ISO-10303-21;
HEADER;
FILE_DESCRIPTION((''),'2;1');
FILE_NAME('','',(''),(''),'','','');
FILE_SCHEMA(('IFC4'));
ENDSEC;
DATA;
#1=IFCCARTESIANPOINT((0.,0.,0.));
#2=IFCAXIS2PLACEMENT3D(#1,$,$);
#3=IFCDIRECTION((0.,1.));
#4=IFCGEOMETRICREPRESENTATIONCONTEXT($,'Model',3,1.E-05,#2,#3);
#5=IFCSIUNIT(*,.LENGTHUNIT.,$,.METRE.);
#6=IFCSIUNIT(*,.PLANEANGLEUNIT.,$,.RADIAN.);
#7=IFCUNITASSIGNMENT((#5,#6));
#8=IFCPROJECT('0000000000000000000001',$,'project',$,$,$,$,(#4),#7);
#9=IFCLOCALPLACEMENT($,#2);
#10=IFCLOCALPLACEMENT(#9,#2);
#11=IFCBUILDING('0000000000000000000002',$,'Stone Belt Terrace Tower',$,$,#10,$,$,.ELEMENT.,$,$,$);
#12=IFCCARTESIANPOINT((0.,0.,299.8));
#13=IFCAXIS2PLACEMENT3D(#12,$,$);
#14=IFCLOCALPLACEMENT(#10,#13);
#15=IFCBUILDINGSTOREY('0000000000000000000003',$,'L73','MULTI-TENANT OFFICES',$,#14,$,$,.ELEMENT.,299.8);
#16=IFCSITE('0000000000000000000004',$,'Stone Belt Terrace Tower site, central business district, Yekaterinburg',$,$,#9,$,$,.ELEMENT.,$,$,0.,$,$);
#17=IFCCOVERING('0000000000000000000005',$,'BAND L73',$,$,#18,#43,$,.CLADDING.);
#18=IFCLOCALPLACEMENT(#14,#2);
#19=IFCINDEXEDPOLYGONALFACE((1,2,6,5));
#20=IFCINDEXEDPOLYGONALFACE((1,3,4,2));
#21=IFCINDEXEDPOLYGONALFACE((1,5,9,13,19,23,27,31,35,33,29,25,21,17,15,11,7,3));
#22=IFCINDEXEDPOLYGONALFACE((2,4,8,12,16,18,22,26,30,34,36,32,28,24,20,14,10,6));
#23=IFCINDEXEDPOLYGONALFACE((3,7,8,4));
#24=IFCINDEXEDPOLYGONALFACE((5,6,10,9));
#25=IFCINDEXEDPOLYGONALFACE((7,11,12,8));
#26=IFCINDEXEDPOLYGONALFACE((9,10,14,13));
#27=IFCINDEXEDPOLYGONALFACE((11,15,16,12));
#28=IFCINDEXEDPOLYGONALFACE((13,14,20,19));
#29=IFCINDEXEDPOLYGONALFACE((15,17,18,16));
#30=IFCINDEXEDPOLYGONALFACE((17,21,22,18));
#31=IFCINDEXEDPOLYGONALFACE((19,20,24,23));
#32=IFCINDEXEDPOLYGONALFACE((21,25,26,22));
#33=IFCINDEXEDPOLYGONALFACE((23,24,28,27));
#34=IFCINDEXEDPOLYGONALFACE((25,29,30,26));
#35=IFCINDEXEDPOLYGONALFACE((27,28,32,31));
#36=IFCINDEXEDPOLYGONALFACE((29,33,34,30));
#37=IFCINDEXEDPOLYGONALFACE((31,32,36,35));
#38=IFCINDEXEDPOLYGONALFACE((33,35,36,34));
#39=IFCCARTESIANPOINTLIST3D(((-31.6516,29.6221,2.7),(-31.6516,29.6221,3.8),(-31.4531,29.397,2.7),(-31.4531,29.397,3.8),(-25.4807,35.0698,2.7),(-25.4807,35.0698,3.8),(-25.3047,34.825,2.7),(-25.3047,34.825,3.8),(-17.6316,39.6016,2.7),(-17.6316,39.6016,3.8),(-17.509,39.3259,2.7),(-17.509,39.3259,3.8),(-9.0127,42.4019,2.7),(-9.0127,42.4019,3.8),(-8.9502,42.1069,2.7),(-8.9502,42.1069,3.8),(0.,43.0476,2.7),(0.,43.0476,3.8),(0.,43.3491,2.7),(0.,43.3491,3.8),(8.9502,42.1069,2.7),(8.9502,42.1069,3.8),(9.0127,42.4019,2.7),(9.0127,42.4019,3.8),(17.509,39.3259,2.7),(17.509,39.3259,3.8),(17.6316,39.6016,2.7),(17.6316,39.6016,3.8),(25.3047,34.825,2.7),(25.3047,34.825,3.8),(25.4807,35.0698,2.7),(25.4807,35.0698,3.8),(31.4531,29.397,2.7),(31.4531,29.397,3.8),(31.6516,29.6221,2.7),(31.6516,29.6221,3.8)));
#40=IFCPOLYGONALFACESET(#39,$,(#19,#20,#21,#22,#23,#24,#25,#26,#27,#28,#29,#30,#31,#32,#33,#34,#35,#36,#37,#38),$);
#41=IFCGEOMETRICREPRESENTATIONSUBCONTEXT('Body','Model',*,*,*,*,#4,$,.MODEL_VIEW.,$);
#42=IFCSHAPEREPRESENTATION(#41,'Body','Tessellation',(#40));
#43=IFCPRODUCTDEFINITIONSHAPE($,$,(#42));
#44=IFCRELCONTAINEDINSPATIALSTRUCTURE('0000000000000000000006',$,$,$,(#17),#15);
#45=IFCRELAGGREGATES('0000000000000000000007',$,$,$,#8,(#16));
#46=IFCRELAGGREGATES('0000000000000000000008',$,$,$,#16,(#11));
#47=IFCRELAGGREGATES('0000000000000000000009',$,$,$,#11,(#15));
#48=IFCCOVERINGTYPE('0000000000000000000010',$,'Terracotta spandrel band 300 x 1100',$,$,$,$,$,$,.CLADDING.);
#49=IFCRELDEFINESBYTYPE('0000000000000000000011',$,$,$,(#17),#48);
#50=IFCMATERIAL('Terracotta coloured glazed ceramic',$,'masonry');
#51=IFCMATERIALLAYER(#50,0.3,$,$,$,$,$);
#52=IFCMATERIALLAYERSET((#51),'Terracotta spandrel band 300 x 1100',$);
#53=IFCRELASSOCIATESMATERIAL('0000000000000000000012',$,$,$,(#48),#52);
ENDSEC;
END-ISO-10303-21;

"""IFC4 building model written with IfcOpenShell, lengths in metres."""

from ifc_helpers import new_model, si_unit, direction, frame, origin, place, context, subcontext, project, spatial, polyline, outline, extrude, material, layer, layer_set, type_object, element, save


model = new_model("IFC4")

# Units and contexts
model_context = context("Model", 3, precision=1e-05, world=origin(), true_north=direction((0.0, 1.0)))
body_context = subcontext(model_context, "Body", "Model", "MODEL_VIEW")
ifc_project = project(units=[si_unit("LENGTHUNIT", "METRE"), si_unit("PLANEANGLEUNIT", "RADIAN")], contexts=[model_context])

# Site, building, storey
site_placement = place(None, origin())
site = spatial("IfcSite", under=ifc_project, at=site_placement, Name="Stone Belt Terrace Tower site, central business district, Yekaterinburg", CompositionType="ELEMENT", RefElevation=0.0)
building_placement = place(site_placement, origin())
building = spatial("IfcBuilding", under=site, at=building_placement, Name="Stone Belt Terrace Tower", CompositionType="ELEMENT")
storey_placement = place(building_placement, frame((0.0, 0.0, 299.8)))
storey = spatial("IfcBuildingStorey", under=building, at=storey_placement, Name="L73", Description="MULTI-TENANT OFFICES", CompositionType="ELEMENT", Elevation=299.8)

# Covering
ifc_material_1 = material(Name="Terracotta coloured glazed ceramic", Category="masonry")
ifc_layer_1 = layer(ifc_material_1, 0.3)
ifc_layer_set_1 = layer_set([ifc_layer_1], Name="Terracotta spandrel band 300 x 1100")
covering_type = type_object("IfcCoveringType", Name="Terracotta spandrel band 300 x 1100", PredefinedType="CLADDING", material=ifc_layer_set_1)
covering_placement = place(storey_placement, frame((0.0, 0.0, 2.7)))
element("IfcCovering", 1, at=covering_placement, inside=storey, type_object=covering_type, Name="BAND L73", PredefinedType="CLADDING", context=body_context, shape_type="SweptSolid", body=[
    extrude(outline(polyline([(-31.6516, 29.6221), (-25.4807, 35.0698), (-17.6316, 39.6016), (-9.0127, 42.4019), (0.0, 43.3491), (9.0127, 42.4019), (17.6316, 39.6016), (25.4807, 35.0698), (31.6516, 29.6221), (31.4531, 29.397), (25.3047, 34.825), (17.509, 39.3259), (8.9502, 42.1069), (0.0, 43.0476), (-8.9502, 42.1069), (-17.509, 39.3259), (-25.3047, 34.825), (-31.4531, 29.397), (-31.6516, 29.6221)])), origin(), (0.0, 0.0, 1.0), 1.1001),
])

save(model, "model.ifc")
